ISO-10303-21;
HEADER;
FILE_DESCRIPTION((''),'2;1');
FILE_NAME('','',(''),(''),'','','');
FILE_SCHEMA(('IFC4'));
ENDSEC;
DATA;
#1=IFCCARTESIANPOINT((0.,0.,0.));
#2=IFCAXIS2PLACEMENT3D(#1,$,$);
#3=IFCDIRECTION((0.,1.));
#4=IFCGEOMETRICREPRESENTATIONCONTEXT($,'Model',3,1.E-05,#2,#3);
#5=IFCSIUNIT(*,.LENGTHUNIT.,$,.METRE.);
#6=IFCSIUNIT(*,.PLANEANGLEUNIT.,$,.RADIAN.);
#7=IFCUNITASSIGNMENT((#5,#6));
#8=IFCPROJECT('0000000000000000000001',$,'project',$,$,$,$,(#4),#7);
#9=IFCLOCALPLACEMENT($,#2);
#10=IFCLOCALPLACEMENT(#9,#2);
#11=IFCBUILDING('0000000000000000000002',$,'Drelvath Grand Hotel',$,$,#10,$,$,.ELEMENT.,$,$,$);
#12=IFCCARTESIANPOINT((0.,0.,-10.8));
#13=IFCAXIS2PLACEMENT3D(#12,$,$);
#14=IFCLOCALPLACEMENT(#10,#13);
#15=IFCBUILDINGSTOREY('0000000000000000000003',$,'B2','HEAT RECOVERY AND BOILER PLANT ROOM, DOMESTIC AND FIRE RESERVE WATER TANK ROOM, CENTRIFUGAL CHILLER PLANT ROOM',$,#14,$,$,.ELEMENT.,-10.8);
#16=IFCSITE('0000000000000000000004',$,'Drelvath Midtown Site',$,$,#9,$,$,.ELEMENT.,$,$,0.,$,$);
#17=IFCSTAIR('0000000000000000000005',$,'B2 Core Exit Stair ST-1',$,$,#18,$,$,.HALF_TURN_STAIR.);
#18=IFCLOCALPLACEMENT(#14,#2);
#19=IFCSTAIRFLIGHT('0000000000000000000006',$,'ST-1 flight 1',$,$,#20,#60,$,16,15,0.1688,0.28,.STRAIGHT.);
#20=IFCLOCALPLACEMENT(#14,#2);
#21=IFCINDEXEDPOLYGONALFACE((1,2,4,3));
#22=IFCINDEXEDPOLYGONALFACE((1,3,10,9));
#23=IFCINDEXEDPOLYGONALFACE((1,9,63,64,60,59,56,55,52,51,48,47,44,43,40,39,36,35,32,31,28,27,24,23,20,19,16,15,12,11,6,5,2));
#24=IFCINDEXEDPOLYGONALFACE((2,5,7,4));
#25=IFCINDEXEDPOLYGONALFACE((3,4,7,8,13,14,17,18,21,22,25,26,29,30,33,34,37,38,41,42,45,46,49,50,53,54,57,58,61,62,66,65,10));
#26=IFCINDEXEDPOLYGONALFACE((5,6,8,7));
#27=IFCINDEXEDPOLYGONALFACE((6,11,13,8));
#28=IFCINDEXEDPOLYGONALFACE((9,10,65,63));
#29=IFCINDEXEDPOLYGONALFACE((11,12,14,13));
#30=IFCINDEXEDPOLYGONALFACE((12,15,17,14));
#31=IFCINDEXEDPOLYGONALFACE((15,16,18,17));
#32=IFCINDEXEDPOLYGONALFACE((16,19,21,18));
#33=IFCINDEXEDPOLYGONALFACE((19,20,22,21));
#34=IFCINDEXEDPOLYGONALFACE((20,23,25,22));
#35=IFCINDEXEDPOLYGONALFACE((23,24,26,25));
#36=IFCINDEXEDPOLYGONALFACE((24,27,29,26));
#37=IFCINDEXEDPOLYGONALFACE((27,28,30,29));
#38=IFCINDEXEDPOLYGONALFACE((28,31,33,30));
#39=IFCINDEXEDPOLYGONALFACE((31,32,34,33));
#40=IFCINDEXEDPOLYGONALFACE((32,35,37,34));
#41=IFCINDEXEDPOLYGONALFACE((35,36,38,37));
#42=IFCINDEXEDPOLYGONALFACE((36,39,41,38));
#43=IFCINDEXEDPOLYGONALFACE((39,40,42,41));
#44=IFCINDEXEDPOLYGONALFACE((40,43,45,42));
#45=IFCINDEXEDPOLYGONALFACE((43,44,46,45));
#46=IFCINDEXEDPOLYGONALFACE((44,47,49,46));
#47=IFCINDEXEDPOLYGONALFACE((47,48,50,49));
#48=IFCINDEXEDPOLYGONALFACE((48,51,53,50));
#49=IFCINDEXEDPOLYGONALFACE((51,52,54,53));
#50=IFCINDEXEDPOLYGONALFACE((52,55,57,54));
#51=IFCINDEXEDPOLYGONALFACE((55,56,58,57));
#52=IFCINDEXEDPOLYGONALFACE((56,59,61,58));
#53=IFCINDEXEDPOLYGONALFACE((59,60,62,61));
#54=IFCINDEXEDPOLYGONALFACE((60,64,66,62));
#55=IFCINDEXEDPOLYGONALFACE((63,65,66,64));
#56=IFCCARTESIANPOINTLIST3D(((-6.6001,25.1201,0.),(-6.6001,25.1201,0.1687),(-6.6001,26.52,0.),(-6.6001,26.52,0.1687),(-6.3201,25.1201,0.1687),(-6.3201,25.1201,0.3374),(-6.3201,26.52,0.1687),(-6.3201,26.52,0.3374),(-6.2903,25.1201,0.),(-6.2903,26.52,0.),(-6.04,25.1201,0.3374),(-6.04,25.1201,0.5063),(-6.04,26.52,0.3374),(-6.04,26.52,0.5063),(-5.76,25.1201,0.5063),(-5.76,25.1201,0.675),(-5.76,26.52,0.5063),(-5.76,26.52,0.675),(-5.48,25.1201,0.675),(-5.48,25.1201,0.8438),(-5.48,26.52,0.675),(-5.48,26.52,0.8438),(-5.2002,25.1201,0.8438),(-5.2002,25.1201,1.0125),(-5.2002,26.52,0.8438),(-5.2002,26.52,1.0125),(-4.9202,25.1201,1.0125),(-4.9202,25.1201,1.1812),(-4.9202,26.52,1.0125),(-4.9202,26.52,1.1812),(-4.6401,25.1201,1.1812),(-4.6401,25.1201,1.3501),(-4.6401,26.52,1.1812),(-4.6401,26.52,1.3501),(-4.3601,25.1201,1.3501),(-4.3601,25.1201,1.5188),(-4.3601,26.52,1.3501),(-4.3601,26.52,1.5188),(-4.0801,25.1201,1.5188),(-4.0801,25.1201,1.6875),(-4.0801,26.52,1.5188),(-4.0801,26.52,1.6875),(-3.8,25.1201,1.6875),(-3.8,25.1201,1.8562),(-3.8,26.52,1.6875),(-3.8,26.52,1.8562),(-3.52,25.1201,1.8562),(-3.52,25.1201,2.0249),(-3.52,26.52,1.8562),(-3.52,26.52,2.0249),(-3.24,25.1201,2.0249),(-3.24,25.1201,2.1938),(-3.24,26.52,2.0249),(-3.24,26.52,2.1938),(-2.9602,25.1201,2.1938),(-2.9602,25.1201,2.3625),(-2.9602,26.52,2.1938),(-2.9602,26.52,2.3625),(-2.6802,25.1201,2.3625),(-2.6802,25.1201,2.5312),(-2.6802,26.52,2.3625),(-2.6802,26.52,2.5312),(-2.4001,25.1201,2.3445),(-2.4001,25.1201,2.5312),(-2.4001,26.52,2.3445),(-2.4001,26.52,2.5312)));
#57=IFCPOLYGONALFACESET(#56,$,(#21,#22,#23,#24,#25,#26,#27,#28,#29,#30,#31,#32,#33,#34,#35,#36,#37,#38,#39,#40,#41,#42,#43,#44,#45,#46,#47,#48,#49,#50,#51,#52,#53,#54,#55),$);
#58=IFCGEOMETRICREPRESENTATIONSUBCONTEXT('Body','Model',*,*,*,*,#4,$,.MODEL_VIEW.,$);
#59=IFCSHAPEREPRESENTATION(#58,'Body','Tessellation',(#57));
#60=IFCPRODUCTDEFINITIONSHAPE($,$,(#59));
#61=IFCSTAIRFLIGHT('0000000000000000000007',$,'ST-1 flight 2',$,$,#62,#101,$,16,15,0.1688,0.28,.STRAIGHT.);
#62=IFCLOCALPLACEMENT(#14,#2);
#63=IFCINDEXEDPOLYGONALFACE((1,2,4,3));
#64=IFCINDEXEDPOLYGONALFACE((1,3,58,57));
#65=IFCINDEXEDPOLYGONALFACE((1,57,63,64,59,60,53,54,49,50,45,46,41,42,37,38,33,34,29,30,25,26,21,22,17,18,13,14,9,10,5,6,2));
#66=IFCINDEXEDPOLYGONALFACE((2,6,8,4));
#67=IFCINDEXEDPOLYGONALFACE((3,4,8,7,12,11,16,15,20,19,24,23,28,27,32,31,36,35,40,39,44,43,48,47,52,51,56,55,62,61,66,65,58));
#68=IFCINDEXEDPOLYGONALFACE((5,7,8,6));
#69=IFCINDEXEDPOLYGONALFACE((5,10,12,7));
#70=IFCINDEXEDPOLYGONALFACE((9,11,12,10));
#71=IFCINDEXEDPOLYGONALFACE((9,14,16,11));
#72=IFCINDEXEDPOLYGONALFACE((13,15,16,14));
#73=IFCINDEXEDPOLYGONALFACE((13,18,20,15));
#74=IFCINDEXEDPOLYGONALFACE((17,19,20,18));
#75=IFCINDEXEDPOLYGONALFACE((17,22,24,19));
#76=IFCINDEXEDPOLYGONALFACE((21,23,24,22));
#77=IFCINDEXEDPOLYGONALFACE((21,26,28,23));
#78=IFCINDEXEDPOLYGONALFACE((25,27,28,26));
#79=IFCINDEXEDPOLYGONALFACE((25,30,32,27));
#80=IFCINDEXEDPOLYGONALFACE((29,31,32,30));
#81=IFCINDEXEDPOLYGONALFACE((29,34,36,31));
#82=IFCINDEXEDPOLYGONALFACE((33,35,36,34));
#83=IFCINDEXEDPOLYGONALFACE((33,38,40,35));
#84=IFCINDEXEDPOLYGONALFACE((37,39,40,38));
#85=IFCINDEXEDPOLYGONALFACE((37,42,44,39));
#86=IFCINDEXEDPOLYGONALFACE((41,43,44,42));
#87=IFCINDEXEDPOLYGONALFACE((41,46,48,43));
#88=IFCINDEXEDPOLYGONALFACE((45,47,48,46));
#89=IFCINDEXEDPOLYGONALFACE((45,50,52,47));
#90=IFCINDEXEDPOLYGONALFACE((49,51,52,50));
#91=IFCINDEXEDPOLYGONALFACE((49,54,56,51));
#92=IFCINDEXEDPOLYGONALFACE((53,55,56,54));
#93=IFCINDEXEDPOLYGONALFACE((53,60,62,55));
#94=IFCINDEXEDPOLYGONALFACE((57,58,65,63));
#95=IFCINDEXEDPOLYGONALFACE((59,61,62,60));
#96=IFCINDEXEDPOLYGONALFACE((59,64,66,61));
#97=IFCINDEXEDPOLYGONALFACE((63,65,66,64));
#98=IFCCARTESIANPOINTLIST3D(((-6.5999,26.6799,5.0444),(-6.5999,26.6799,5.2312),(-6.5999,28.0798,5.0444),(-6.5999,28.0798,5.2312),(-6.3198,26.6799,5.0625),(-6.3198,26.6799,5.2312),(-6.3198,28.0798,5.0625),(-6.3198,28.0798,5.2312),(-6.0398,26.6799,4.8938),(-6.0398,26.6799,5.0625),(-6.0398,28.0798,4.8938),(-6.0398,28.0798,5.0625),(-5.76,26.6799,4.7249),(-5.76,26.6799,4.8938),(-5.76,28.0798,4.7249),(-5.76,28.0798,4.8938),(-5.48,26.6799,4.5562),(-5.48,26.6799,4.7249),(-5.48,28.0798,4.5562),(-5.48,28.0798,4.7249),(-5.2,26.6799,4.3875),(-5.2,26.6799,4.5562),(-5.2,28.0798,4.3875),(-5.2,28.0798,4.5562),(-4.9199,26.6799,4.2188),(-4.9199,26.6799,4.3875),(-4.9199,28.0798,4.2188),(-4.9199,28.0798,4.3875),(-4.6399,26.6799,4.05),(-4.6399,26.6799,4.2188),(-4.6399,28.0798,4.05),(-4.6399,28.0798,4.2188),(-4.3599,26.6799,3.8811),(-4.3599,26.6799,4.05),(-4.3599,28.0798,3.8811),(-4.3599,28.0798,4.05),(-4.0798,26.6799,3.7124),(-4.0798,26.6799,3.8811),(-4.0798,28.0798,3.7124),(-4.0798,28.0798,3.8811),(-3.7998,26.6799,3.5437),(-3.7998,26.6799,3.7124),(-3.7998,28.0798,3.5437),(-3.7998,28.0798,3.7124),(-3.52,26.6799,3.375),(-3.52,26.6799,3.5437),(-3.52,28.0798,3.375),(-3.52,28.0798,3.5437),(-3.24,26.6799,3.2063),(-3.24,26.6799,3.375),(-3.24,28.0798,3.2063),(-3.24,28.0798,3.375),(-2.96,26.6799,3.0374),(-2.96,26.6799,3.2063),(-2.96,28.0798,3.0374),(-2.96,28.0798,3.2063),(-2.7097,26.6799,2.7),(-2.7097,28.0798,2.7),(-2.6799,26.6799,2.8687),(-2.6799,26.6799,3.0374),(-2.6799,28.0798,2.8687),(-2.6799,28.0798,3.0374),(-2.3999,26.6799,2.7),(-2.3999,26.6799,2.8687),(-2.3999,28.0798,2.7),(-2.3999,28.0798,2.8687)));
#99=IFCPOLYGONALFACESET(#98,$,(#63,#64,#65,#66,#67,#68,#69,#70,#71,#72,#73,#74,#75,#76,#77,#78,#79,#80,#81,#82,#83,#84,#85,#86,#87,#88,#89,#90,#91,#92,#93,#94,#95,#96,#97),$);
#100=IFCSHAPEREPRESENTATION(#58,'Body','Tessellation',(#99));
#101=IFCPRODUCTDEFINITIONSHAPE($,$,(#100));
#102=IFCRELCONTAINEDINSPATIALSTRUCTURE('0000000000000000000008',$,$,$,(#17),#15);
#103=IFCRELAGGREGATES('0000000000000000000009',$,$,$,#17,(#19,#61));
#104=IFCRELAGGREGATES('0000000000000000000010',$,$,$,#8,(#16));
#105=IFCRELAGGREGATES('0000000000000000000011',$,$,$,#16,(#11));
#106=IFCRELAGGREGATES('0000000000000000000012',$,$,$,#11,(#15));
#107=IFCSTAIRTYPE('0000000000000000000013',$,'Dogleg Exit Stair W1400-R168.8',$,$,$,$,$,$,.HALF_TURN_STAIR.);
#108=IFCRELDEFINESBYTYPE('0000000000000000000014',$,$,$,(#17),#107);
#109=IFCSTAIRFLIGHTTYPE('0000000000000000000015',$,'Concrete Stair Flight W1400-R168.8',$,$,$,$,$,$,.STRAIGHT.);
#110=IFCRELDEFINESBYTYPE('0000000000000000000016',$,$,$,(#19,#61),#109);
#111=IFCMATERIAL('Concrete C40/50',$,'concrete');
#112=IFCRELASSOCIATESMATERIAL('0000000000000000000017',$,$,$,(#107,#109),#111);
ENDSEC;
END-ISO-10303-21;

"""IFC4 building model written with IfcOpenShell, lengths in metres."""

from ifc_helpers import new_model, si_unit, direction, frame, origin, place, context, subcontext, project, spatial, polyline, outline, extrude, material, type_object, element, aggregate, save


model = new_model("IFC4")

# Units and contexts
model_context = context("Model", 3, precision=1e-05, world=origin(), true_north=direction((0.0, 1.0)))
body_context = subcontext(model_context, "Body", "Model", "MODEL_VIEW")
ifc_project = project(units=[si_unit("LENGTHUNIT", "METRE"), si_unit("PLANEANGLEUNIT", "RADIAN")], contexts=[model_context])

# Site, building, storey
site_placement = place(None, origin())
site = spatial("IfcSite", under=ifc_project, at=site_placement, Name="Drelvath Midtown Site", CompositionType="ELEMENT", RefElevation=0.0)
building_placement = place(site_placement, origin())
building = spatial("IfcBuilding", under=site, at=building_placement, Name="Drelvath Grand Hotel", CompositionType="ELEMENT")
storey_placement = place(building_placement, frame((0.0, 0.0, -10.8)))
storey = spatial("IfcBuildingStorey", under=building, at=storey_placement, Name="B2", Description="HEAT RECOVERY AND BOILER PLANT ROOM, DOMESTIC AND FIRE RESERVE WATER TANK ROOM, CENTRIFUGAL CHILLER PLANT ROOM", CompositionType="ELEMENT", Elevation=-10.8)

# Shared definitions
ifc_material_1 = material(Name="Concrete C40/50", Category="concrete")

# Stair, stair flights
stair_type = type_object("IfcStairType", Name="Dogleg Exit Stair W1400-R168.8", PredefinedType="HALF_TURN_STAIR", material=ifc_material_1)
stair_placement = place(storey_placement, origin())
stair = element("IfcStair", 1, at=stair_placement, inside=storey, type_object=stair_type, Name="B2 Core Exit Stair ST-1", PredefinedType="HALF_TURN_STAIR")
stair_flight_type = type_object("IfcStairFlightType", Name="Concrete Stair Flight W1400-R168.8", PredefinedType="STRAIGHT", material=ifc_material_1)
stair_flight_1_placement = place(storey_placement, frame((-6.6001, 25.8201, 0.0), z_axis=(0.0, 0.0, 1.0), x_axis=(1.0, 0.0, 0.0)))
stair_flight_1 = element("IfcStairFlight", 2, at=stair_flight_1_placement, type_object=stair_flight_type, Name="ST-1 flight 1", NumberOfRisers=16, NumberOfTreads=15, PredefinedType="STRAIGHT", RiserHeight=0.1688, TreadLength=0.28, context=body_context, shape_type="SweptSolid", body=[
    extrude(outline(polyline([(0.0, 0.0), (0.0, 0.1687), (0.28, 0.1687), (0.28, 0.3374), (0.5601, 0.3374), (0.5601, 0.5063), (0.8401, 0.5063), (0.8401, 0.675), (1.1201, 0.675), (1.1201, 0.8438), (1.3999, 0.8438), (1.3999, 1.0125), (1.6799, 1.0125), (1.6799, 1.1812), (1.96, 1.1812), (1.96, 1.3501), (2.24, 1.3501), (2.24, 1.5188), (2.52, 1.5188), (2.52, 1.6875), (2.8, 1.6875), (2.8, 1.8562), (3.0801, 1.8562), (3.0801, 2.0249), (3.3601, 2.0249), (3.3601, 2.1938), (3.6399, 2.1938), (3.6399, 2.3625), (3.9199, 2.3625), (3.9199, 2.5312), (4.2, 2.5312), (4.2, 2.7), (4.2, 2.3445), (0.3098, 0.0), (0.0, 0.0)])), frame((0.0, 0.7, 0.0), z_axis=(0.0, -1.0, 0.0), x_axis=(1.0, 0.0, 0.0)), (0.0, 0.0, 1.0), 1.3999),
])
stair_flight_2_placement = place(storey_placement, frame((-2.3999, 27.3799, 2.7), z_axis=(0.0, 0.0, 1.0), x_axis=(-1.0, 0.0, 0.0)))
stair_flight_2 = element("IfcStairFlight", 3, at=stair_flight_2_placement, type_object=stair_flight_type, Name="ST-1 flight 2", NumberOfRisers=16, NumberOfTreads=15, PredefinedType="STRAIGHT", RiserHeight=0.1688, TreadLength=0.28, context=body_context, shape_type="SweptSolid", body=[
    extrude(outline(polyline([(0.0, 0.0), (0.0, 0.1687), (0.28, 0.1687), (0.28, 0.3374), (0.5601, 0.3374), (0.5601, 0.5063), (0.8401, 0.5063), (0.8401, 0.675), (1.1201, 0.675), (1.1201, 0.8438), (1.3999, 0.8438), (1.3999, 1.0125), (1.6799, 1.0125), (1.6799, 1.1812), (1.96, 1.1812), (1.96, 1.3501), (2.24, 1.3501), (2.24, 1.5188), (2.52, 1.5188), (2.52, 1.6875), (2.8, 1.6875), (2.8, 1.8562), (3.0801, 1.8562), (3.0801, 2.0249), (3.3601, 2.0249), (3.3601, 2.1938), (3.6399, 2.1938), (3.6399, 2.3625), (3.9199, 2.3625), (3.9199, 2.5312), (4.2, 2.5312), (4.2, 2.7), (4.2, 2.3445), (0.3098, 0.0), (0.0, 0.0)])), frame((0.0, 0.7, 0.0), z_axis=(0.0, -1.0, 0.0), x_axis=(1.0, 0.0, 0.0)), (0.0, 0.0, 1.0), 1.3999),
])
aggregate(stair, [stair_flight_1, stair_flight_2])

save(model, "model.ifc")
